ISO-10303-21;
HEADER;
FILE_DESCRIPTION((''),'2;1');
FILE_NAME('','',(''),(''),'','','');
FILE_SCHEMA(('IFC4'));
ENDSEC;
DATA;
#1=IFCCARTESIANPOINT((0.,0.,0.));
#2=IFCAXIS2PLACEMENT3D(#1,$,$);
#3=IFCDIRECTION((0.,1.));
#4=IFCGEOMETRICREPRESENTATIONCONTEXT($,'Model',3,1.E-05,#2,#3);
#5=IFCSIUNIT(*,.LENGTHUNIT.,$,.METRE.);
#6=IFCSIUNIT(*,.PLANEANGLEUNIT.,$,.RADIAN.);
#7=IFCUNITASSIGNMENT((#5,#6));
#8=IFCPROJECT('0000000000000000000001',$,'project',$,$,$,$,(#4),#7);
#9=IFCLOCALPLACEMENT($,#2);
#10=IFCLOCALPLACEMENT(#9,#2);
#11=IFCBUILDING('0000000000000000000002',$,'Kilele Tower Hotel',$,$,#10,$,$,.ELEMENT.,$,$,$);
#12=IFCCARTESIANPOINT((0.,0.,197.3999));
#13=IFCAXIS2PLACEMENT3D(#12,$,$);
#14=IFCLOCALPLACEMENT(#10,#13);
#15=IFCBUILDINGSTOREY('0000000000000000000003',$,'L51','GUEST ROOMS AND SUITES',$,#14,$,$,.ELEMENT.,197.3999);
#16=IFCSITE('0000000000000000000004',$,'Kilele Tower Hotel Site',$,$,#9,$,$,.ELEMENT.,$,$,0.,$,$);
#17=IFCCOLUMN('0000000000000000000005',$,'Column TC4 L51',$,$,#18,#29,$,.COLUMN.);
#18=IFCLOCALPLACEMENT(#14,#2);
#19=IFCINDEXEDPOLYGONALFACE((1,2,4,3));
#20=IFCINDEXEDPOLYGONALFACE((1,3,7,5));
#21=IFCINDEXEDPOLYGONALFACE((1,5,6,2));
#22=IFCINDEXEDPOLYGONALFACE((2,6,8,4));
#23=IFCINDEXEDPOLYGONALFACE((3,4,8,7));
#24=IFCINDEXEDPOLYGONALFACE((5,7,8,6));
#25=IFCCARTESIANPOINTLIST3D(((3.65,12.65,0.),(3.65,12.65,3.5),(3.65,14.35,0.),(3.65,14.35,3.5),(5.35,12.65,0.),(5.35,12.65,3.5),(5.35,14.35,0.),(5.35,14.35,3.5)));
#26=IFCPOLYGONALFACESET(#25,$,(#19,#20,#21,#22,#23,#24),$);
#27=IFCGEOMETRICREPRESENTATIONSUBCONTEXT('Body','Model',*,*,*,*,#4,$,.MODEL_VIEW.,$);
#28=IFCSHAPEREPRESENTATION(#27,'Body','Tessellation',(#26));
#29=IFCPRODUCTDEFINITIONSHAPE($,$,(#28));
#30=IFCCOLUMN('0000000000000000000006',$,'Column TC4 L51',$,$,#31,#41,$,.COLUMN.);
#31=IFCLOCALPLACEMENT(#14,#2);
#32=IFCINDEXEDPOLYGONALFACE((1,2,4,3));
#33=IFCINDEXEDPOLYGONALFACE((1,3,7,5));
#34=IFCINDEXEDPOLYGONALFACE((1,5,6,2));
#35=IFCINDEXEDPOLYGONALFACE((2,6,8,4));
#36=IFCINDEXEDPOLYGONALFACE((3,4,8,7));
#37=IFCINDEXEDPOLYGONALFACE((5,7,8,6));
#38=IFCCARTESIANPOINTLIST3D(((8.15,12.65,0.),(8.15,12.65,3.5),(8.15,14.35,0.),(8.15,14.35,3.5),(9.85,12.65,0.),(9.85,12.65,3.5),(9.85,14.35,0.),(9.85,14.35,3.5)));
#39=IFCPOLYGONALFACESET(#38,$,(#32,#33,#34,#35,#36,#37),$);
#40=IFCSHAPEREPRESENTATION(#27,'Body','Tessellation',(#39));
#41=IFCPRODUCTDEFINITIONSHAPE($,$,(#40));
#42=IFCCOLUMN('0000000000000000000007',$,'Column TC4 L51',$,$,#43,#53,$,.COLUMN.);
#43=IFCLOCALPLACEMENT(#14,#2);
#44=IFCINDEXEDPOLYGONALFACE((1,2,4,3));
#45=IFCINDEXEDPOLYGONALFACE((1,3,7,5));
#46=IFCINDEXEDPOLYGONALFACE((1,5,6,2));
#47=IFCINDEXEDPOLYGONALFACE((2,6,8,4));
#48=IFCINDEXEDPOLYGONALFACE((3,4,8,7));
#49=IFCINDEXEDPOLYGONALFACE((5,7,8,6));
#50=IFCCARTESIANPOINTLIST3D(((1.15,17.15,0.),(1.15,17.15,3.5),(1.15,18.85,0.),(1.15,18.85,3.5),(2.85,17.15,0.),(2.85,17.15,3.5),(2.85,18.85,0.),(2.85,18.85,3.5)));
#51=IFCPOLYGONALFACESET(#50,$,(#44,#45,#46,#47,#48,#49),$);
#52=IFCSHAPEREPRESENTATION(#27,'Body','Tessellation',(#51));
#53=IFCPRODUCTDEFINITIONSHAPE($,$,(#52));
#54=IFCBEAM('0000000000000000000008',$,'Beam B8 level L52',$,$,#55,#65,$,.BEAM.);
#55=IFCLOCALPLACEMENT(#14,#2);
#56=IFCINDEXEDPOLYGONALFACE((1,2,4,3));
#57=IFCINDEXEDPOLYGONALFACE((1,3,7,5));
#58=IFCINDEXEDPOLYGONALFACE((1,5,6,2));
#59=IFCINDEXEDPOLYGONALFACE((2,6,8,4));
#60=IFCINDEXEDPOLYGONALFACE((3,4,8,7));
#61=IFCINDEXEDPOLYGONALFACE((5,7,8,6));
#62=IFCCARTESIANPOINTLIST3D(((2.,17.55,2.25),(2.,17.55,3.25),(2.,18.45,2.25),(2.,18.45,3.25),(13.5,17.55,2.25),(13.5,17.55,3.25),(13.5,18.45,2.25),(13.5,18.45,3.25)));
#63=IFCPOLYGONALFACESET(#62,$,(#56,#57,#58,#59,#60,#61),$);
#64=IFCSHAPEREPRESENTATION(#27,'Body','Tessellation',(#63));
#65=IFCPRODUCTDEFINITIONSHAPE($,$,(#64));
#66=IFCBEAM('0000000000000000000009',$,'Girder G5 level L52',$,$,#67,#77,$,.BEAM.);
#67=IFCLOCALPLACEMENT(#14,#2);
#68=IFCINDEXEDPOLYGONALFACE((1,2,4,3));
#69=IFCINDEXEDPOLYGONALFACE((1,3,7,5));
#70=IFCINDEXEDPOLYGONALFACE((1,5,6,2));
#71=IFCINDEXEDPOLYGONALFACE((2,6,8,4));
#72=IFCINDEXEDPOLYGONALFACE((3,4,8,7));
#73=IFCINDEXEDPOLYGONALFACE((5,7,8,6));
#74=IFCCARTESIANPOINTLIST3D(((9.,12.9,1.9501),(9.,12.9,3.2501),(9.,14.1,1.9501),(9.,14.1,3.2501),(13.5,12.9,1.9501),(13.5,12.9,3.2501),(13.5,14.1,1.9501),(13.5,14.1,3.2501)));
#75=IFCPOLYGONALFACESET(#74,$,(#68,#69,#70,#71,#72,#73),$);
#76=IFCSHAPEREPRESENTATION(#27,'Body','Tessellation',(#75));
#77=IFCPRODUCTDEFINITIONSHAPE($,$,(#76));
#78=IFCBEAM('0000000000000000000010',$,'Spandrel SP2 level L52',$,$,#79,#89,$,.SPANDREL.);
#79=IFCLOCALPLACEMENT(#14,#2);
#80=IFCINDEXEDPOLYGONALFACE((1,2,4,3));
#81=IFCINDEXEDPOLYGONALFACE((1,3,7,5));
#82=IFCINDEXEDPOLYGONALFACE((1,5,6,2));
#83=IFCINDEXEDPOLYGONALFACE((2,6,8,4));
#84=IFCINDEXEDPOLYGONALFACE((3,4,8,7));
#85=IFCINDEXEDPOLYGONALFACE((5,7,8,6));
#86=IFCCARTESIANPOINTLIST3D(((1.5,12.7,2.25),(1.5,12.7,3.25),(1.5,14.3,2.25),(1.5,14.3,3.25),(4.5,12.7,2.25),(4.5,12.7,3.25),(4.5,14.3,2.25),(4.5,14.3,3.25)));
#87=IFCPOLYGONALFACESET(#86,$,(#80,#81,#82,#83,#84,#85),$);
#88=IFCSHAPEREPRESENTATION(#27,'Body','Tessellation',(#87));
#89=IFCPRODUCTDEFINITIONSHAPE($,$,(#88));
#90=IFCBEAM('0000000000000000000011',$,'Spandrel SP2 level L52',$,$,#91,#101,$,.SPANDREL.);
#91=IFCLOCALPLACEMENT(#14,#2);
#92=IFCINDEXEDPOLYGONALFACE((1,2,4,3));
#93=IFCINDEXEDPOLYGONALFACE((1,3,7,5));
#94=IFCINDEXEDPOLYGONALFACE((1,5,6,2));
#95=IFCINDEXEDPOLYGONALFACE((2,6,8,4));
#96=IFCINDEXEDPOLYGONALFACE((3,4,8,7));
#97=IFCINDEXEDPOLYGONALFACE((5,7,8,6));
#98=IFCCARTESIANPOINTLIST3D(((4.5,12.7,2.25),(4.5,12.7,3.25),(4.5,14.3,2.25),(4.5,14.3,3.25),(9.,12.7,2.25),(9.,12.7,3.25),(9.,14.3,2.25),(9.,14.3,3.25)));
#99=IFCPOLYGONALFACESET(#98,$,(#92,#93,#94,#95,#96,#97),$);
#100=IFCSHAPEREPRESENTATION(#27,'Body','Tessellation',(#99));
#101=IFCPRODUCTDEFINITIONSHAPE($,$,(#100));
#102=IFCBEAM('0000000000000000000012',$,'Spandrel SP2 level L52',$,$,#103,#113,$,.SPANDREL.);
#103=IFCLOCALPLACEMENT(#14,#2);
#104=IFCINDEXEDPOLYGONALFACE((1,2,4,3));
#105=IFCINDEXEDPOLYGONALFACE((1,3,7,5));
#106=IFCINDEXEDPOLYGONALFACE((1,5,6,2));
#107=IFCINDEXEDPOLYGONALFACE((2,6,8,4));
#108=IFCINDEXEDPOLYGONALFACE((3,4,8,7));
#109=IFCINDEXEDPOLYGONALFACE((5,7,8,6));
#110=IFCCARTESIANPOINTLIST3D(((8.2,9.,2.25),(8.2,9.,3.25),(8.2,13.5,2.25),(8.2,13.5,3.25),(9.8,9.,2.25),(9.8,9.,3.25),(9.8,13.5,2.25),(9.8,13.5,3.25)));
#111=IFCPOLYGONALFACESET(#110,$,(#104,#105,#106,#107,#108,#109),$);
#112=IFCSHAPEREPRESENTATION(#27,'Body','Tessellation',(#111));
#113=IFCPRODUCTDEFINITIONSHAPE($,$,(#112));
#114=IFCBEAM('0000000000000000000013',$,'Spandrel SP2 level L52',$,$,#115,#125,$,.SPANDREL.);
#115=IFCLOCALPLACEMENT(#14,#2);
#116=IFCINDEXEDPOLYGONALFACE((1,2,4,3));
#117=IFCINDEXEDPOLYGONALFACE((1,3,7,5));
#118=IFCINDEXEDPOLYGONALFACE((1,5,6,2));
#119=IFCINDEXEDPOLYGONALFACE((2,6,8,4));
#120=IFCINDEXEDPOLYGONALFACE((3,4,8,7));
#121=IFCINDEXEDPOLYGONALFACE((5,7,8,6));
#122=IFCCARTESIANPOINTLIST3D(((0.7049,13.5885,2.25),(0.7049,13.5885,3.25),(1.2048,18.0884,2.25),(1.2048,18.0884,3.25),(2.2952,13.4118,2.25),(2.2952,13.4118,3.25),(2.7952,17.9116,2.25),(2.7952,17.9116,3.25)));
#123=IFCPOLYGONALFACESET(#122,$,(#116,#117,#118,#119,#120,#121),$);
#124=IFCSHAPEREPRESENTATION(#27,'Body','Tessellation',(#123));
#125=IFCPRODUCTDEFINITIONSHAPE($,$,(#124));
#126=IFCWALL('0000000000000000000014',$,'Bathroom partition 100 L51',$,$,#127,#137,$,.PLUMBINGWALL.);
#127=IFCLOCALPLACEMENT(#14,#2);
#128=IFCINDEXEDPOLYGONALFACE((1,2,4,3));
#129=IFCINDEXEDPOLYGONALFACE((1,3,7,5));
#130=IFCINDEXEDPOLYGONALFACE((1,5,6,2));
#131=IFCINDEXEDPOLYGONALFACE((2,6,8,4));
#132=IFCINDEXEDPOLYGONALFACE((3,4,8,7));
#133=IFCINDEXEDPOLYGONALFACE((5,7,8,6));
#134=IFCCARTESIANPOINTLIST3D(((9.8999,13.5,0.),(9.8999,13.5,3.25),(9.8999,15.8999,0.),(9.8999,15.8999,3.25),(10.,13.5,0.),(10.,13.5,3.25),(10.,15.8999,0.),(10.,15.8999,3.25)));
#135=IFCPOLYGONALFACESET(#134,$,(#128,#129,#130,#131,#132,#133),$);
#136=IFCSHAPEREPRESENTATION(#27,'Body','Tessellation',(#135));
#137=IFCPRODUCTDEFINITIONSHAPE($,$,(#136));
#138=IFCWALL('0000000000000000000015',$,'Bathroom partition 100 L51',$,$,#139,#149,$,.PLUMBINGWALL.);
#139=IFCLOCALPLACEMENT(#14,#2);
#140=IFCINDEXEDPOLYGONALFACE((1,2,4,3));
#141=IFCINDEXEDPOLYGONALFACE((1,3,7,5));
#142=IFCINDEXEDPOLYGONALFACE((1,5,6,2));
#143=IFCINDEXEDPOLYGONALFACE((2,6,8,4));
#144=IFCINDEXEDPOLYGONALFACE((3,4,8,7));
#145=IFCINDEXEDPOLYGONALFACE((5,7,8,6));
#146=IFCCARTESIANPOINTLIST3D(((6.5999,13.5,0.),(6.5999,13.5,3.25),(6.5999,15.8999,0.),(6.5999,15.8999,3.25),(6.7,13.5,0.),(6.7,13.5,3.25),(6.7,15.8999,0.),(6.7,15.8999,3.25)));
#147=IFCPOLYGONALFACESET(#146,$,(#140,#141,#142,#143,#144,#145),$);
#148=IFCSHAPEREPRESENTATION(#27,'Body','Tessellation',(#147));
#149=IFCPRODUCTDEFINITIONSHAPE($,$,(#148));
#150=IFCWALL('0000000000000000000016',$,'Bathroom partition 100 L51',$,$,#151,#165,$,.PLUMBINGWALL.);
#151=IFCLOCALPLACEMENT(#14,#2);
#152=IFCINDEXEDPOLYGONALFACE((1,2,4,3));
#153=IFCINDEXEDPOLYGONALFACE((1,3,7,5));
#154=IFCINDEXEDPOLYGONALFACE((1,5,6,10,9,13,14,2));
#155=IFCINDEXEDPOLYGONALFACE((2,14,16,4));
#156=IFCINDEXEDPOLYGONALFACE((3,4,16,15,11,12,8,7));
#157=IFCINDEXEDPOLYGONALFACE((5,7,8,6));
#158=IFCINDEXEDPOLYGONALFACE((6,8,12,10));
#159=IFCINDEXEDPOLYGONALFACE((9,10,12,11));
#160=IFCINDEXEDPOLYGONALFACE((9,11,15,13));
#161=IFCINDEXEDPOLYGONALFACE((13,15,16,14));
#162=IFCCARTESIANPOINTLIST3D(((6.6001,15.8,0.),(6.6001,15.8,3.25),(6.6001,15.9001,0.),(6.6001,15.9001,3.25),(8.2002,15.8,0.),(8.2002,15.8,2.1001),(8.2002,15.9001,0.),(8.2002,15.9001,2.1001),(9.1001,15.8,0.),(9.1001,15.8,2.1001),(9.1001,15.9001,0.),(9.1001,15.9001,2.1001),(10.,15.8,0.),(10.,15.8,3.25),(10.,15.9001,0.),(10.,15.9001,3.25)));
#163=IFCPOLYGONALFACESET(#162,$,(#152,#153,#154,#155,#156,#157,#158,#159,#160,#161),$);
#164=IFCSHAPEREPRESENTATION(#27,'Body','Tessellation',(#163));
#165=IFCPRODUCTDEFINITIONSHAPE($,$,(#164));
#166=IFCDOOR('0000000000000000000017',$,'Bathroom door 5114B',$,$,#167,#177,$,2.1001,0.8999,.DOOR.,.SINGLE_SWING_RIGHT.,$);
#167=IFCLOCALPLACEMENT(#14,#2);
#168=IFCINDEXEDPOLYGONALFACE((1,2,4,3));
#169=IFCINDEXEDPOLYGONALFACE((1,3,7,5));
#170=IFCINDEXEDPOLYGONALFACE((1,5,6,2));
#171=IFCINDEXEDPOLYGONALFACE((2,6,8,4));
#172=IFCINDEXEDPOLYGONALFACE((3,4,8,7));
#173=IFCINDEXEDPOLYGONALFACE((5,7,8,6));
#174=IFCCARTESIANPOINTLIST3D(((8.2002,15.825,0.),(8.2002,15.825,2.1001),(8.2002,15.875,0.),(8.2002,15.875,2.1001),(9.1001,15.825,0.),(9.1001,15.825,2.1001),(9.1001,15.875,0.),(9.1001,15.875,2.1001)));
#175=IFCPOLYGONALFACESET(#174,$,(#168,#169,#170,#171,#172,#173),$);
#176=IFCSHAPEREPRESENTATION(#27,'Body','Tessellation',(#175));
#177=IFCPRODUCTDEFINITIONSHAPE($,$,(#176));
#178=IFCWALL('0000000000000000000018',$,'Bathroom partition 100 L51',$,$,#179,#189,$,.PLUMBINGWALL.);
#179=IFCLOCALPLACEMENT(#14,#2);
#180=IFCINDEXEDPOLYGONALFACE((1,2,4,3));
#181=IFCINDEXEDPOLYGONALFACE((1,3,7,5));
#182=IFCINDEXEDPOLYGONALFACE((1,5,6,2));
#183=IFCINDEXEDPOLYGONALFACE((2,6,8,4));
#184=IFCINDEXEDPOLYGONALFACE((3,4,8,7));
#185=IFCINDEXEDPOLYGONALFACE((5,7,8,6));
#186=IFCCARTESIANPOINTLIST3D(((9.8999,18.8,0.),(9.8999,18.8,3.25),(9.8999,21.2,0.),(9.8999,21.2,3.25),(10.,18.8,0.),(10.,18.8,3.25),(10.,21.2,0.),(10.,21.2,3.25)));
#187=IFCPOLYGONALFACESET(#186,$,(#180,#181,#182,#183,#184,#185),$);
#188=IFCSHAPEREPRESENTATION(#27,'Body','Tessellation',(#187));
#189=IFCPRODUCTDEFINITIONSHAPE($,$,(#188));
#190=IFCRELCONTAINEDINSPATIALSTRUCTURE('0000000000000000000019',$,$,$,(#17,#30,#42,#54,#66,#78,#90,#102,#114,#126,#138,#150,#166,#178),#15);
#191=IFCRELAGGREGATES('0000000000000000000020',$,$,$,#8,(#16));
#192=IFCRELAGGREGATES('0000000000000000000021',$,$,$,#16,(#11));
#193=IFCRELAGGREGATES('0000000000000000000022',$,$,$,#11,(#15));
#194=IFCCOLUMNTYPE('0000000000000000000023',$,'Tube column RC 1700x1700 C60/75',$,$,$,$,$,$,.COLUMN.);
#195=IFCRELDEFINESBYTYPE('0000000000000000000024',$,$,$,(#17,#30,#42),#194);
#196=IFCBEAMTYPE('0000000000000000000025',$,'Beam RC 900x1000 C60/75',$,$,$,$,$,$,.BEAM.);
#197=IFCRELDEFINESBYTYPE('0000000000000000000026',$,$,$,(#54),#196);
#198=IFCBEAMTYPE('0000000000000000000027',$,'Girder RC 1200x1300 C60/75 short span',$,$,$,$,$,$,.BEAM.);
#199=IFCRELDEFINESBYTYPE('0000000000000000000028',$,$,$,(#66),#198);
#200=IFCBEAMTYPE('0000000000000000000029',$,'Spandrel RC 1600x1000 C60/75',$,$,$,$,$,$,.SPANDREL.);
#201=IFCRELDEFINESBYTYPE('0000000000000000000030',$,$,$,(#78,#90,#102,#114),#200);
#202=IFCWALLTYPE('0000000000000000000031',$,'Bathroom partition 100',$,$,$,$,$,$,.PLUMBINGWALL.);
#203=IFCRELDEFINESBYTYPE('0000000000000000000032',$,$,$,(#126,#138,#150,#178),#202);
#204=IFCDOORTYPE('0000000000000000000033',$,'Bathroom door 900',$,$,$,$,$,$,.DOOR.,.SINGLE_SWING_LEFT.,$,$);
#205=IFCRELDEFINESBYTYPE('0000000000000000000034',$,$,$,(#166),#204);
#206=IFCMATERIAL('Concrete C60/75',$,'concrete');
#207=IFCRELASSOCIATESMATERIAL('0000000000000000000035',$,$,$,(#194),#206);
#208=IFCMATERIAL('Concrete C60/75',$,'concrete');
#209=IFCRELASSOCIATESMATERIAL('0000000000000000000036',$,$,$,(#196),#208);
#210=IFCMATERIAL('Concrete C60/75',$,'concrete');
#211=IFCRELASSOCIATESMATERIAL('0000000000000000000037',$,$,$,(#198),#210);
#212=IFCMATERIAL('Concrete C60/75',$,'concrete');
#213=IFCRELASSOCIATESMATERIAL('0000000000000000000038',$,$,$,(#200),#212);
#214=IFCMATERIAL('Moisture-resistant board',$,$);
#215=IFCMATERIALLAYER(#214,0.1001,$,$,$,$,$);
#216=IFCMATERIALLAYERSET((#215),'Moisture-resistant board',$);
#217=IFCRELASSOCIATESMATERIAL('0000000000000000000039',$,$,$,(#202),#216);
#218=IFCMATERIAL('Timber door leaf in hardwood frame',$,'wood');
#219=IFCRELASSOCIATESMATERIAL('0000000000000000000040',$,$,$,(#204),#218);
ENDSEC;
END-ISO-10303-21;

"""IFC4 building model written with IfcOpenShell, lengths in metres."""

from ifc_helpers import new_model, si_unit, direction, frame, frame_2d, origin, origin_2d, place, context, subcontext, project, spatial, rectangle, extrude, material, layer, layer_set, material_profile, profile_set, type_object, element, fill, save


model = new_model("IFC4")

# Units and contexts
model_context = context("Model", 3, precision=1e-05, world=origin(), true_north=direction((0.0, 1.0)))
body_context = subcontext(model_context, "Body", "Model", "MODEL_VIEW")
ifc_project = project(units=[si_unit("LENGTHUNIT", "METRE"), si_unit("PLANEANGLEUNIT", "RADIAN")], contexts=[model_context])

# Site, building, storey
site_placement = place(None, origin())
site = spatial("IfcSite", under=ifc_project, at=site_placement, Name="Kilele Tower Hotel Site", CompositionType="ELEMENT", RefElevation=0.0)
building_placement = place(site_placement, origin())
building = spatial("IfcBuilding", under=site, at=building_placement, Name="Kilele Tower Hotel", CompositionType="ELEMENT")
storey_placement = place(building_placement, frame((0.0, 0.0, 197.3999)))
storey = spatial("IfcBuildingStorey", under=building, at=storey_placement, Name="L51", Description="GUEST ROOMS AND SUITES", CompositionType="ELEMENT", Elevation=197.3999)

# Columns
ifc_material_1 = material(Name="Concrete C60/75", Category="concrete")
ifc_material_profile_1 = material_profile(ifc_material_1, rectangle(XDim=1.7, YDim=1.7, at=origin_2d()))
ifc_profile_set_1 = profile_set([ifc_material_profile_1], Name="Concrete C60/75")
column_type = type_object("IfcColumnType", Name="Tube column RC 1700x1700 C60/75", PredefinedType="COLUMN", material=ifc_profile_set_1)
for number, where, z_axis, x_axis, name in (
    (1, (4.5, 13.5, 0.0), (0.0, 0.0, 1.0), (1.0, 0.0, 0.0), "Column TC4 L51"),
    (2, (9.0, 13.5, 0.0), (0.0, 0.0, 1.0), (1.0, 0.0, 0.0), "Column TC4 L51"),
    (3, (2.0, 18.0, 0.0), (0.0, 0.0, 1.0), (1.0, 0.0, 0.0), "Column TC4 L51"),
):
    element("IfcColumn", number, at=place(storey_placement, frame(where, z_axis=z_axis, x_axis=x_axis)), inside=storey, type_object=column_type, Name=name, PredefinedType="COLUMN", context=body_context, shape_type="SweptSolid", body=[
        extrude(rectangle(XDim=1.7, YDim=1.7, at=origin_2d()), origin(), (0.0, 0.0, 1.0), 3.5),
    ])

# Beams
ifc_material_2 = material(Name="Concrete C60/75", Category="concrete")
ifc_material_profile_2 = material_profile(ifc_material_2, rectangle(XDim=0.8999, YDim=1.0, at=origin_2d()))
ifc_profile_set_2 = profile_set([ifc_material_profile_2], Name="Concrete C60/75")
beam_type_1 = type_object("IfcBeamType", Name="Beam RC 900x1000 C60/75", PredefinedType="BEAM", material=ifc_profile_set_2)
beam_1_placement = place(storey_placement, frame((2.0, 18.0, 2.75), z_axis=(1.0, 0.0, 0.0), x_axis=(0.0, 1.0, 0.0)))
element("IfcBeam", 4, at=beam_1_placement, inside=storey, type_object=beam_type_1, Name="Beam B8 level L52", PredefinedType="BEAM", context=body_context, shape_type="SweptSolid", body=[
    extrude(rectangle(XDim=0.8999, YDim=1.0, at=origin_2d()), origin(), (0.0, 0.0, 1.0), 11.5),
])
ifc_material_3 = material(Name="Concrete C60/75", Category="concrete")
ifc_material_profile_3 = material_profile(ifc_material_3, rectangle(XDim=1.2, YDim=1.3, at=origin_2d()))
ifc_profile_set_3 = profile_set([ifc_material_profile_3], Name="Concrete C60/75")
beam_type_2 = type_object("IfcBeamType", Name="Girder RC 1200x1300 C60/75 short span", PredefinedType="BEAM", material=ifc_profile_set_3)
beam_2_placement = place(storey_placement, frame((9.0, 13.5, 2.6001), z_axis=(1.0, 0.0, 0.0), x_axis=(0.0, 1.0, 0.0)))
element("IfcBeam", 5, at=beam_2_placement, inside=storey, type_object=beam_type_2, Name="Girder G5 level L52", PredefinedType="BEAM", context=body_context, shape_type="SweptSolid", body=[
    extrude(rectangle(XDim=1.2, YDim=1.3, at=origin_2d()), origin(), (0.0, 0.0, 1.0), 4.5),
])
ifc_material_4 = material(Name="Concrete C60/75", Category="concrete")
ifc_material_profile_4 = material_profile(ifc_material_4, rectangle(XDim=1.6001, YDim=1.0, at=origin_2d()))
ifc_profile_set_4 = profile_set([ifc_material_profile_4], Name="Concrete C60/75")
beam_type_3 = type_object("IfcBeamType", Name="Spandrel RC 1600x1000 C60/75", PredefinedType="SPANDREL", material=ifc_profile_set_4)
beam_3_placement = place(storey_placement, frame((1.5, 13.5, 2.75), z_axis=(1.0, 0.0, 0.0), x_axis=(0.0, 1.0, 0.0)))
element("IfcBeam", 6, at=beam_3_placement, inside=storey, type_object=beam_type_3, Name="Spandrel SP2 level L52", PredefinedType="SPANDREL", context=body_context, shape_type="SweptSolid", body=[
    extrude(rectangle(XDim=1.6001, YDim=1.0, at=origin_2d()), origin(), (0.0, 0.0, 1.0), 3.0),
])
for number, where, z_axis, x_axis, name in (
    (7, (4.5, 13.5, 2.75), (1.0, 0.0, 0.0), (0.0, 1.0, 0.0), "Spandrel SP2 level L52"),
    (8, (9.0, 13.5, 2.75), (0.0, -1.0, 0.0), (1.0, 0.0, 0.0), "Spandrel SP2 level L52"),
):
    element("IfcBeam", number, at=place(storey_placement, frame(where, z_axis=z_axis, x_axis=x_axis)), inside=storey, type_object=beam_type_3, Name=name, PredefinedType="SPANDREL", context=body_context, shape_type="SweptSolid", body=[
        extrude(rectangle(XDim=1.6001, YDim=1.0, at=origin_2d()), origin(), (0.0, 0.0, 1.0), 4.5),
    ])
beam_4_placement = place(storey_placement, frame((2.0, 18.0, 2.75), z_axis=(-0.110432, -0.993884, 0.0), x_axis=(0.993884, -0.110432, 0.0)))
element("IfcBeam", 9, at=beam_4_placement, inside=storey, type_object=beam_type_3, Name="Spandrel SP2 level L52", PredefinedType="SPANDREL", context=body_context, shape_type="SweptSolid", body=[
    extrude(rectangle(XDim=1.6001, YDim=1.0, at=origin_2d()), origin(), (0.0, 0.0, 1.0), 4.5276),
])

# Walls
ifc_material_5 = material(Name="Moisture-resistant board")
ifc_layer_1 = layer(ifc_material_5, 0.1001)
ifc_layer_set_1 = layer_set([ifc_layer_1], Name="Moisture-resistant board")
wall_type_1 = type_object("IfcWallType", Name="Bathroom partition 100", PredefinedType="PLUMBINGWALL", material=ifc_layer_set_1)
for number, where, z_axis, x_axis, name in (
    (10, (9.95, 13.5, 0.0), (0.0, 0.0, 1.0), (0.0, 1.0, 0.0), "Bathroom partition 100 L51"),
    (11, (6.6499, 13.5, 0.0), (0.0, 0.0, 1.0), (0.0, 1.0, 0.0), "Bathroom partition 100 L51"),
):
    element("IfcWall", number, at=place(storey_placement, frame(where, z_axis=z_axis, x_axis=x_axis)), inside=storey, type_object=wall_type_1, Name=name, PredefinedType="PLUMBINGWALL", context=body_context, shape_type="SweptSolid", body=[
        extrude(rectangle(XDim=2.3999, YDim=0.1001, at=frame_2d((1.2, 0.0))), origin(), (0.0, 0.0, 1.0), 3.25),
    ])

# Wall, opening, door
wall_1_placement = place(storey_placement, frame((10.0, 15.8501, 0.0), z_axis=(0.0, 0.0, 1.0), x_axis=(-1.0, 0.0, 0.0)))
wall_1 = element("IfcWall", 12, at=wall_1_placement, inside=storey, type_object=wall_type_1, Name="Bathroom partition 100 L51", PredefinedType="PLUMBINGWALL", context=body_context, shape_type="SweptSolid", body=[
    extrude(rectangle(XDim=3.3999, YDim=0.1001, at=frame_2d((1.7, 0.0))), origin(), (0.0, 0.0, 1.0), 3.25),
])
opening_1_placement = place(wall_1_placement, frame((1.7998, 0.0, 0.0), z_axis=(0.0, 0.0, 1.0), x_axis=(-1.0, 0.0, 0.0)))
opening_1 = element("IfcOpeningElement", 13, at=opening_1_placement, cuts=wall_1, PredefinedType="OPENING", context=body_context, shape_type="SweptSolid", body=[
    extrude(rectangle(XDim=0.8999, YDim=2.1001, at=frame_2d((0.45, 1.05))), frame((0.0, 0.0601, 0.0), z_axis=(0.0, -1.0, 0.0), x_axis=(1.0, 0.0, 0.0)), (0.0, 0.0, 1.0), 0.1201),
])
ifc_material_6 = material(Name="Timber door leaf in hardwood frame", Category="wood")
door_type = type_object("IfcDoorType", Name="Bathroom door 900", OperationType="SINGLE_SWING_LEFT", PredefinedType="DOOR", material=ifc_material_6)
door_placement = place(opening_1_placement, origin())
door = element("IfcDoor", 14, at=door_placement, inside=storey, type_object=door_type, Name="Bathroom door 5114B", OperationType="SINGLE_SWING_RIGHT", OverallHeight=2.1001, OverallWidth=0.8999, PredefinedType="DOOR", context=body_context, shape_type="SweptSolid", body=[
    extrude(rectangle(XDim=0.8999, YDim=2.1001, at=frame_2d((0.45, 1.05))), frame((0.0, 0.0249, 0.0), z_axis=(0.0, -1.0, 0.0), x_axis=(1.0, 0.0, 0.0)), (0.0, 0.0, 1.0), 0.05),
])
fill(opening_1, door)

# Wall
for number, where, z_axis, x_axis, name in (
    (15, (9.95, 18.8, 0.0), (0.0, 0.0, 1.0), (0.0, 1.0, 0.0), "Bathroom partition 100 L51"),
):
    element("IfcWall", number, at=place(storey_placement, frame(where, z_axis=z_axis, x_axis=x_axis)), inside=storey, type_object=wall_type_1, Name=name, PredefinedType="PLUMBINGWALL", context=body_context, shape_type="SweptSolid", body=[
        extrude(rectangle(XDim=2.3999, YDim=0.1001, at=frame_2d((1.2, 0.0))), origin(), (0.0, 0.0, 1.0), 3.25),
    ])

save(model, "model.ifc")
